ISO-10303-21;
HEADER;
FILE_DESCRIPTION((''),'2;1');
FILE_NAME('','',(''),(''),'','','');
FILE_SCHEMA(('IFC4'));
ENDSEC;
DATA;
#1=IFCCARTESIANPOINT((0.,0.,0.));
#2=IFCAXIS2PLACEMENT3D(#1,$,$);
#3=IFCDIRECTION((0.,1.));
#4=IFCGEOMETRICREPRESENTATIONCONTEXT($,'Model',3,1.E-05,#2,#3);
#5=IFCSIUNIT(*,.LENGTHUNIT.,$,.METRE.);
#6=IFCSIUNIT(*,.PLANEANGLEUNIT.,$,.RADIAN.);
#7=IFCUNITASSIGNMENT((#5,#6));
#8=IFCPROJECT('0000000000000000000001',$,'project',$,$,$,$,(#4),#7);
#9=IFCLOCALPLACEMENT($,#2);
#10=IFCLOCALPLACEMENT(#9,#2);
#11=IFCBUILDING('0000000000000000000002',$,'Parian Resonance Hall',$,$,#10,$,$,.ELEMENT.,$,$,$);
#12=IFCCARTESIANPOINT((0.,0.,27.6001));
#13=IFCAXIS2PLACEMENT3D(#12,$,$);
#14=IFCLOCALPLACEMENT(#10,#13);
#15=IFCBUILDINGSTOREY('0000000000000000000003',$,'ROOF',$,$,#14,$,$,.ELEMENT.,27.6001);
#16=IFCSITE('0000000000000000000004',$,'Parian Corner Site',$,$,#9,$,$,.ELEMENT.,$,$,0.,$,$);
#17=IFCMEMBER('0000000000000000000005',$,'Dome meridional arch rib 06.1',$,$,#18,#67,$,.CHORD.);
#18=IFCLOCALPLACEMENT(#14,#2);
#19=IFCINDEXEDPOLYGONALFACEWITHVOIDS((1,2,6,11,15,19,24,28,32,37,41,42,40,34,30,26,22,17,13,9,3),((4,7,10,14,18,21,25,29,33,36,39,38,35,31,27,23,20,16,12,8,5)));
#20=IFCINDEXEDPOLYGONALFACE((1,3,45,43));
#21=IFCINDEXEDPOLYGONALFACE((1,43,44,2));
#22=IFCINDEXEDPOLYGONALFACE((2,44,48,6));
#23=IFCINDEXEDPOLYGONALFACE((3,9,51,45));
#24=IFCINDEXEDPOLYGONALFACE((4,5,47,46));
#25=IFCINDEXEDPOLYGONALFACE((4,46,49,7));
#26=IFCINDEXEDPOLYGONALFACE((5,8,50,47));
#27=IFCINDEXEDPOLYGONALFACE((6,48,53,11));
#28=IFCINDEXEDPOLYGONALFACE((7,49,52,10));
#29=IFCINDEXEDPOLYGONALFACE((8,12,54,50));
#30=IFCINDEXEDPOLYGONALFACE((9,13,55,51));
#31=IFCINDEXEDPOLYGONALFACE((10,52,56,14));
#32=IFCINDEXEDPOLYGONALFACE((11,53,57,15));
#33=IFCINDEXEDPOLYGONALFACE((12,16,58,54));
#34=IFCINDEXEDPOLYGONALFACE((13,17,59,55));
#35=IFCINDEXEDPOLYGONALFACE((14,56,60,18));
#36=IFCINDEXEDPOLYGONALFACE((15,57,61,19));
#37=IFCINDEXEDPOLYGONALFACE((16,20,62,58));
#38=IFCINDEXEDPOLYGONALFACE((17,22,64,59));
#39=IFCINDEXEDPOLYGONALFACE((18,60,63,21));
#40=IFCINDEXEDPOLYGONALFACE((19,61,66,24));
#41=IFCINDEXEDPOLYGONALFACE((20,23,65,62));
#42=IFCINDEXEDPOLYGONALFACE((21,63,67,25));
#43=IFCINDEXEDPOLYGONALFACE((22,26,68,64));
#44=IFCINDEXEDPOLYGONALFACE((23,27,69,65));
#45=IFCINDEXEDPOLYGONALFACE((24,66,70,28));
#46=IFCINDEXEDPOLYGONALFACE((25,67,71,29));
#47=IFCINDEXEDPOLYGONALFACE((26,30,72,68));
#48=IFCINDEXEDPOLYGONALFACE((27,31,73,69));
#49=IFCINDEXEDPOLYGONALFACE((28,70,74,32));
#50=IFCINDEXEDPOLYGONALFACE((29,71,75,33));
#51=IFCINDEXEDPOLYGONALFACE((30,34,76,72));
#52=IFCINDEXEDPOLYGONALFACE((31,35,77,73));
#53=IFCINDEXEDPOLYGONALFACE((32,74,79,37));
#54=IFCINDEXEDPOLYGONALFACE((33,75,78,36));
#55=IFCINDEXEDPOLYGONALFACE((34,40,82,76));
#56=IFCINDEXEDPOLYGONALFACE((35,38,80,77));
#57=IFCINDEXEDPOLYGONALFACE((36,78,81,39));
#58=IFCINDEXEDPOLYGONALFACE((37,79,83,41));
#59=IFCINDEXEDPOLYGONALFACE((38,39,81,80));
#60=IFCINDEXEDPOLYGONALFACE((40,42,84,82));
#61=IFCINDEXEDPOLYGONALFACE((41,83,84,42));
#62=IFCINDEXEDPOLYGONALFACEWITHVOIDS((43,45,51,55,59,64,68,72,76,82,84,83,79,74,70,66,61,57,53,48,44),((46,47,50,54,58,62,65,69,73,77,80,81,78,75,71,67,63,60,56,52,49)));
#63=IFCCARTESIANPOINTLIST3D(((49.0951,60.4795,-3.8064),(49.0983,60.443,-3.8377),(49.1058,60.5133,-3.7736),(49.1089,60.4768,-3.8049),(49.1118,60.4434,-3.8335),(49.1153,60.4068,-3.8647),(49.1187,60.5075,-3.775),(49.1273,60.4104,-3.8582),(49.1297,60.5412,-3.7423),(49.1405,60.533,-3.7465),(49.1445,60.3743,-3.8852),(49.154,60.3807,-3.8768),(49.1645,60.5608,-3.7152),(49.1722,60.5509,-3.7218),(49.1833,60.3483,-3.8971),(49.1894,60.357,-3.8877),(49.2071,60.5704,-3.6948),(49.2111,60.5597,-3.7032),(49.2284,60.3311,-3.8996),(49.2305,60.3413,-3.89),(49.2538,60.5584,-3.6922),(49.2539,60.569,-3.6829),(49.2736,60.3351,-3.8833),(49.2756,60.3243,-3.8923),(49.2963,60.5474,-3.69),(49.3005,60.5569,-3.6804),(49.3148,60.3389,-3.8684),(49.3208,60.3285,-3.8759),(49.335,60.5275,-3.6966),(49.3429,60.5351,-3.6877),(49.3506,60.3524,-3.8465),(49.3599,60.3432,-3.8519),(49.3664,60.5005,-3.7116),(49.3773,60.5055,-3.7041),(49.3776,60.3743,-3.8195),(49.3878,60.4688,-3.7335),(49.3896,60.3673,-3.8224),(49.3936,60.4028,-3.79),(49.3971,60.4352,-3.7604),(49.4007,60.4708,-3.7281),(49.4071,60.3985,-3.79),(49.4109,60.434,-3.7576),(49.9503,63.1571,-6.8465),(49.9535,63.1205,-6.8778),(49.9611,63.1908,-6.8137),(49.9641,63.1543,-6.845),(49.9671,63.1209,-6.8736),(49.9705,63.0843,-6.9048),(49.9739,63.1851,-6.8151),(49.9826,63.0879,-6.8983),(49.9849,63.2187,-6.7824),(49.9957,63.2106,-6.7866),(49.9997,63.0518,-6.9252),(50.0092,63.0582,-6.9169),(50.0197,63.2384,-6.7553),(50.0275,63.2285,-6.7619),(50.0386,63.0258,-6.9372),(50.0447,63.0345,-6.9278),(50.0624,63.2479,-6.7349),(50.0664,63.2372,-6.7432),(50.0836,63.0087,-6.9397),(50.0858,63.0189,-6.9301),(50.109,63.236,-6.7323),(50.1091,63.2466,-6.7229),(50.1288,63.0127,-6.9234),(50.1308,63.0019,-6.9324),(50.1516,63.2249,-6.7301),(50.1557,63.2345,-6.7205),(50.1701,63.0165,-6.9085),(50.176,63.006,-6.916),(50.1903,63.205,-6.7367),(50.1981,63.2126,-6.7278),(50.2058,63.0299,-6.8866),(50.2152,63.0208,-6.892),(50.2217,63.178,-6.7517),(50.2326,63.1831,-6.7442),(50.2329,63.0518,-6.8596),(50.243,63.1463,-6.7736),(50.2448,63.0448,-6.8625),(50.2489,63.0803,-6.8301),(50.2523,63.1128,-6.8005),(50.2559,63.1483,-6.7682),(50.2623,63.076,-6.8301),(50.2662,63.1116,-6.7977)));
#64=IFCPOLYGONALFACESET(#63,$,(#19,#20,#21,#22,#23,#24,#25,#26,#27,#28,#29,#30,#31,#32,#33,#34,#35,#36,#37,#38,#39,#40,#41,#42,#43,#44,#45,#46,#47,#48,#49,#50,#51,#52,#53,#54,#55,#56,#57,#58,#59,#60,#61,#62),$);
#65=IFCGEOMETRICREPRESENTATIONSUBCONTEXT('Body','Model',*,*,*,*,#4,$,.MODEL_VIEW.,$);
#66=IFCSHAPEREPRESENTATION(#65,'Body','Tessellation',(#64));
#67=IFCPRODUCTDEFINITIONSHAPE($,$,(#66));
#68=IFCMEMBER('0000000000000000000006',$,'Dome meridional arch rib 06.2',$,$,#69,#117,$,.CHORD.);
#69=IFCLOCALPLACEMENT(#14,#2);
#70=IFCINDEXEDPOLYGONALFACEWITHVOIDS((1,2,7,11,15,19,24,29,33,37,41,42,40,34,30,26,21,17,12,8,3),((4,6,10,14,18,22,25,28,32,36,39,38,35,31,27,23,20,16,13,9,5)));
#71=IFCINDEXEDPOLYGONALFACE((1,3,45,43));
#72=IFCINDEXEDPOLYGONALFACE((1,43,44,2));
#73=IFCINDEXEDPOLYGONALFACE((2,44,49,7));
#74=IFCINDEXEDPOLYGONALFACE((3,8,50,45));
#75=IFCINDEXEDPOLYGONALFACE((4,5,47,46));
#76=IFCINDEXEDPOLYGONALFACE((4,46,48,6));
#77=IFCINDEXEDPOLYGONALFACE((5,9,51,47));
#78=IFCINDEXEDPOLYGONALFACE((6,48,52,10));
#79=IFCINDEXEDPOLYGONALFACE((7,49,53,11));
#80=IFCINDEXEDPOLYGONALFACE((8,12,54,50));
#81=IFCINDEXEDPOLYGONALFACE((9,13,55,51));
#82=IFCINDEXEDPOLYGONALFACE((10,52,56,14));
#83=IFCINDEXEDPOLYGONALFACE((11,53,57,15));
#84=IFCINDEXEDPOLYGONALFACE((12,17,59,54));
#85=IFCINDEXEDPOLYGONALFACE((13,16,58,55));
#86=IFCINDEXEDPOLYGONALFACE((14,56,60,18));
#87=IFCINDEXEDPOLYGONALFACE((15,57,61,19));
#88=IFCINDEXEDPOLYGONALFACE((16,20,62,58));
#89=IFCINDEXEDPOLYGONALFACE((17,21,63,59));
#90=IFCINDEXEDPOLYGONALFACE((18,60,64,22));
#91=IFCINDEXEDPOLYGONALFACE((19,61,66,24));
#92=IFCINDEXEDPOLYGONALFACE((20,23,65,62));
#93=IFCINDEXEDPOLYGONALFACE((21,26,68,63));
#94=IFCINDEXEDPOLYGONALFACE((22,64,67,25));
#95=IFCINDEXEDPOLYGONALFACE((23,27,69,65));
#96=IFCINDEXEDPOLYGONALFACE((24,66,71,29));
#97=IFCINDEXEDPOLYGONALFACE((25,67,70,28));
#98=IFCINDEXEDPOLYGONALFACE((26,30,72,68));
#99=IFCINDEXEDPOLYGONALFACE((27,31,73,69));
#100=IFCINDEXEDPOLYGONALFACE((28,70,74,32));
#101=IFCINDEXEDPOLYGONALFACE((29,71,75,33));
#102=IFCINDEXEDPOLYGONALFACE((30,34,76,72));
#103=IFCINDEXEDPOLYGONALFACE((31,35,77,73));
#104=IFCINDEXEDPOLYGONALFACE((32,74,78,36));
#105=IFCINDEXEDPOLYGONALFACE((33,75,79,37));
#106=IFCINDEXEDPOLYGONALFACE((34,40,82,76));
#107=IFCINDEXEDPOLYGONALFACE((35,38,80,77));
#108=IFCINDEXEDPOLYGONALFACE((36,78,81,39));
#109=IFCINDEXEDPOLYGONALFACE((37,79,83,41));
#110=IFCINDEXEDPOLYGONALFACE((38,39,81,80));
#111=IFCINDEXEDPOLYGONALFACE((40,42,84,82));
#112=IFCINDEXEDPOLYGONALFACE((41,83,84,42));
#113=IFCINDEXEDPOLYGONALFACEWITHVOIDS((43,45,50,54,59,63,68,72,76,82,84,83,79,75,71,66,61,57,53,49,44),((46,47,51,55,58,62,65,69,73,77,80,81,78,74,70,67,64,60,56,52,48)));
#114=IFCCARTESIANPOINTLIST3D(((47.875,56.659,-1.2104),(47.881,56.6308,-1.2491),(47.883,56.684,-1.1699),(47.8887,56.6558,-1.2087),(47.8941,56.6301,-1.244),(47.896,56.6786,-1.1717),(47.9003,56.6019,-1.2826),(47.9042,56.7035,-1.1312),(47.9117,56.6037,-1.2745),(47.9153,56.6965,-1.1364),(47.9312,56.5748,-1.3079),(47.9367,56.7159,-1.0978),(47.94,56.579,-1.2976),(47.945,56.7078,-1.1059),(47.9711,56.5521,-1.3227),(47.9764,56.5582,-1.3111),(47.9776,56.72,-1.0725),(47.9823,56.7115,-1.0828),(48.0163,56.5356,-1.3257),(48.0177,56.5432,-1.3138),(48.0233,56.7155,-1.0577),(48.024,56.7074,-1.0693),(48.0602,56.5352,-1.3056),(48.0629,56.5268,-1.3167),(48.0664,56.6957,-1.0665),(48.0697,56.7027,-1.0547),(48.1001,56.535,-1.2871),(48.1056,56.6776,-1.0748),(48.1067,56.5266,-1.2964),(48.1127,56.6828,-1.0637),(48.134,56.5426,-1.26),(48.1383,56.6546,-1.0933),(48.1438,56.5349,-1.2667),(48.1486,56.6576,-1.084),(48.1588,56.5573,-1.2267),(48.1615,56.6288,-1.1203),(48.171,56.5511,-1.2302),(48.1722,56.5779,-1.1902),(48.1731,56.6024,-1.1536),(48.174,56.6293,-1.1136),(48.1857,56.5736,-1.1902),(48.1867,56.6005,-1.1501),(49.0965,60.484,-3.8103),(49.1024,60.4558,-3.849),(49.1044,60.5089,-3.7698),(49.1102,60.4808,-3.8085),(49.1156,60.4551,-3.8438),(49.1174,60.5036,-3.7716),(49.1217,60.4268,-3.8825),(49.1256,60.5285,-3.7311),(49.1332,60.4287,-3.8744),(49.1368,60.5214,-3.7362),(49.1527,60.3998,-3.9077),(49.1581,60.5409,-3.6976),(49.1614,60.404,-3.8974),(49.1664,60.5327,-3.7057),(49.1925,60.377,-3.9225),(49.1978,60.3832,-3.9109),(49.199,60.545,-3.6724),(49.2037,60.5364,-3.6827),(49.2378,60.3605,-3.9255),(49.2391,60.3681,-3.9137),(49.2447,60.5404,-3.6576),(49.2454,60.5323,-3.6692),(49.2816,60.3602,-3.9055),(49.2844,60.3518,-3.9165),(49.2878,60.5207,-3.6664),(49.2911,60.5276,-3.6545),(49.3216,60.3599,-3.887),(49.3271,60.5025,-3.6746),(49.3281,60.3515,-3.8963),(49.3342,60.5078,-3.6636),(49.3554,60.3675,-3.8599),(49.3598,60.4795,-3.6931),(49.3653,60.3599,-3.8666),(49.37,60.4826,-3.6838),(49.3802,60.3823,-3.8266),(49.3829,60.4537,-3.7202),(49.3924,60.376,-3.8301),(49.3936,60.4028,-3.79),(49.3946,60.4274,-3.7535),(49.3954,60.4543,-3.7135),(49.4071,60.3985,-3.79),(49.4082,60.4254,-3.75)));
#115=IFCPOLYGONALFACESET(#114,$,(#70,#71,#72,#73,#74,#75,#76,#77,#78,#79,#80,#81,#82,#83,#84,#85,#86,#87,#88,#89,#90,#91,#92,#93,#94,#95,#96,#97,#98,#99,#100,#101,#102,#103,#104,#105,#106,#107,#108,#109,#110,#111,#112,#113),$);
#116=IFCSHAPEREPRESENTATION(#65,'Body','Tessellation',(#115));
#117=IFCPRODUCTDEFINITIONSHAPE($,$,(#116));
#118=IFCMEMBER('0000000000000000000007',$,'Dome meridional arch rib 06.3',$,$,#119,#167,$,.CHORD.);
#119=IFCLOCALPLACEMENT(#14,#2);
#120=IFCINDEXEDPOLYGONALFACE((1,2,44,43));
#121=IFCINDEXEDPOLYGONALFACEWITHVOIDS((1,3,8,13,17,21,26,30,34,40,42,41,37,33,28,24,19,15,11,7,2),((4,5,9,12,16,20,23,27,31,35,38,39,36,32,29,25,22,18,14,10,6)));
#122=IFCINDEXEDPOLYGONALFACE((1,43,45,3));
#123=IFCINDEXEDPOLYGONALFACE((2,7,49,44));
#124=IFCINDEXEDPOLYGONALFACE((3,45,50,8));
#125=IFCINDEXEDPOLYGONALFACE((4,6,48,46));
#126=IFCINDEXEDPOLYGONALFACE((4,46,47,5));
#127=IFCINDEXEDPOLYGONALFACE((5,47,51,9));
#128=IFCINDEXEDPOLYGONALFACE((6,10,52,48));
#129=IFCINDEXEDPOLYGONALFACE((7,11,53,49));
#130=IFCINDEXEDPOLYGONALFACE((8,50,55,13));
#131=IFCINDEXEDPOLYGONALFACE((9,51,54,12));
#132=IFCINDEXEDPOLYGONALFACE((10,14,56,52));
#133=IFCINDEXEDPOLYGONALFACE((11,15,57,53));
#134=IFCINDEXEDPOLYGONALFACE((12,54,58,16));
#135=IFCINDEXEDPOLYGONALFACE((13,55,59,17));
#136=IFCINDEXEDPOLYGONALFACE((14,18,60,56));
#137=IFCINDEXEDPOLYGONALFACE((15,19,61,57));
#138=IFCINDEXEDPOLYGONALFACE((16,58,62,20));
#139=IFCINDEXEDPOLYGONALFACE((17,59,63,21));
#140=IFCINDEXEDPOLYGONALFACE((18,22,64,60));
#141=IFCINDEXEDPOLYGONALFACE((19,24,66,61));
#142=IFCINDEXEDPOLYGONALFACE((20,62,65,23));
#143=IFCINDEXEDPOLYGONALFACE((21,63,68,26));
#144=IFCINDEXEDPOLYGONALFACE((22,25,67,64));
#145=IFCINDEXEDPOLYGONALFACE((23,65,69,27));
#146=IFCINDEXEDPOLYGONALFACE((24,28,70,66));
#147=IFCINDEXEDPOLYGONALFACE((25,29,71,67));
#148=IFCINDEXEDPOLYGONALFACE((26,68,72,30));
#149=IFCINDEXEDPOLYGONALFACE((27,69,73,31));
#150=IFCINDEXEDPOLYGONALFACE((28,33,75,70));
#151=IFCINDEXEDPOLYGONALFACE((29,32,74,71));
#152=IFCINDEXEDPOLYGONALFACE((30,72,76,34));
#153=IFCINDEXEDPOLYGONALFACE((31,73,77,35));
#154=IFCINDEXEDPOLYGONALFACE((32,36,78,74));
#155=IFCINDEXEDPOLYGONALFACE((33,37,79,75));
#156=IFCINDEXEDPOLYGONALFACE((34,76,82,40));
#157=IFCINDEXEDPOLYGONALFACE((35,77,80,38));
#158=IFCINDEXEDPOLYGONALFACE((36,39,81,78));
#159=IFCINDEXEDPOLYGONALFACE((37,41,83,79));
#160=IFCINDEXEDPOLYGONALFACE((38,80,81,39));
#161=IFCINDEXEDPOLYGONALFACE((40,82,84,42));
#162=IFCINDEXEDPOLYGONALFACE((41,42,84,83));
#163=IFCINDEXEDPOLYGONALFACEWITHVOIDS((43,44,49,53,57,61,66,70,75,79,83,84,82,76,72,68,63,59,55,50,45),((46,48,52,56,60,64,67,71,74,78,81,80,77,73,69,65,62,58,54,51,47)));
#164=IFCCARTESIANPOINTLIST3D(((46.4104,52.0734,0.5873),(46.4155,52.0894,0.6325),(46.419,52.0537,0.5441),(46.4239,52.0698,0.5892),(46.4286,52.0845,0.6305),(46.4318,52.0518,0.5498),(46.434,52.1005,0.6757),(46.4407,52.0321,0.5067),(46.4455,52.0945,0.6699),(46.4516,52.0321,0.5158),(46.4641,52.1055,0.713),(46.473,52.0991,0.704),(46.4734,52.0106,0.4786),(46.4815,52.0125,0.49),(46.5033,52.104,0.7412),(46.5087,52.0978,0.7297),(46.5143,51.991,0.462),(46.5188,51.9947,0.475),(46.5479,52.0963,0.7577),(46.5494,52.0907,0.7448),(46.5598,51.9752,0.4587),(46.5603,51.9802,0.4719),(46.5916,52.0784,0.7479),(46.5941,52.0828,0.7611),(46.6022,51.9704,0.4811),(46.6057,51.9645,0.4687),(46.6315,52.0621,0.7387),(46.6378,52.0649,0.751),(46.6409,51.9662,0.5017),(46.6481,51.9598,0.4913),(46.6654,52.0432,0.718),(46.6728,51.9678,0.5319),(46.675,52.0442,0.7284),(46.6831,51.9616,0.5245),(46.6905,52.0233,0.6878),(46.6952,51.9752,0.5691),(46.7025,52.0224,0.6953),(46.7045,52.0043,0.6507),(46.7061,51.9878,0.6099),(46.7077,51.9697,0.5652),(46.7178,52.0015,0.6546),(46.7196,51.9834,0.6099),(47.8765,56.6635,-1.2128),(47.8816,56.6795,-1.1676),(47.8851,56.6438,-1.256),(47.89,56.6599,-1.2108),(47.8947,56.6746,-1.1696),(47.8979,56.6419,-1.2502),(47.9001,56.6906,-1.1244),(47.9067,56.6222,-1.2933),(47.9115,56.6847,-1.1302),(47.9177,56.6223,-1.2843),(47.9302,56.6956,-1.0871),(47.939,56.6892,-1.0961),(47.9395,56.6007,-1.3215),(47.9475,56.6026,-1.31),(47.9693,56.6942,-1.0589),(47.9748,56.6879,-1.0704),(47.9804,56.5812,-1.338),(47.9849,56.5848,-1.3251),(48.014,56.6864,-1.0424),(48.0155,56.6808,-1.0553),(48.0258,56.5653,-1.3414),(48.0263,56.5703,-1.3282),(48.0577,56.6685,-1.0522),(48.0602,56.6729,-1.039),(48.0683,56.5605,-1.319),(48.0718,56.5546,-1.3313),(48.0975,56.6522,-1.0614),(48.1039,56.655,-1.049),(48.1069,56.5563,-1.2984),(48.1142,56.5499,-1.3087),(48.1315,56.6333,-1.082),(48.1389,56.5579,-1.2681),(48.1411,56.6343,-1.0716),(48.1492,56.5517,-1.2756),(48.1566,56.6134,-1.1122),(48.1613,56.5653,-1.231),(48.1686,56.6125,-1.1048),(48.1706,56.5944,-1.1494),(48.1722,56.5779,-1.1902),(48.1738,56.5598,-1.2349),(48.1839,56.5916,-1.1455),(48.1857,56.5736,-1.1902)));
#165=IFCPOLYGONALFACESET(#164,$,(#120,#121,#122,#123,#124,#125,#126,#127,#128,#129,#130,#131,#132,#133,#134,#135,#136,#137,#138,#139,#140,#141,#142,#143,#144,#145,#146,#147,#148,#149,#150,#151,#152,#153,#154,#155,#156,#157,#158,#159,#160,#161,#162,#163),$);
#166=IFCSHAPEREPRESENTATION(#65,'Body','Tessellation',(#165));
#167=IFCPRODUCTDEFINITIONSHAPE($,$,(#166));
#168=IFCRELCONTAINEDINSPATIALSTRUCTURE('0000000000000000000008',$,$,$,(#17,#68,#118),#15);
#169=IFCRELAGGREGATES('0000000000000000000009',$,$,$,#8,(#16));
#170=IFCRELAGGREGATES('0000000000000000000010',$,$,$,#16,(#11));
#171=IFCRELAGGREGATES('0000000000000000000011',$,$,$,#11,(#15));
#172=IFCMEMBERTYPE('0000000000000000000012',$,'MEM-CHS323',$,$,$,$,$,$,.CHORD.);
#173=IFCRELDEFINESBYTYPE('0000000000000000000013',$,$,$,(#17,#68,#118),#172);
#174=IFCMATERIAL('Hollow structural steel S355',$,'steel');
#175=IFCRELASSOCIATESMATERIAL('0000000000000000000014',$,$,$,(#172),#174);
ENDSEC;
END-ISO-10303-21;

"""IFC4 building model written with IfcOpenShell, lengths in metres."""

from ifc_helpers import new_model, si_unit, direction, frame, origin, origin_2d, place, context, subcontext, project, spatial, hollow_circle, extrude, material, material_profile, profile_set, type_object, element, save


model = new_model("IFC4")

# Units and contexts
model_context = context("Model", 3, precision=1e-05, world=origin(), true_north=direction((0.0, 1.0)))
body_context = subcontext(model_context, "Body", "Model", "MODEL_VIEW")
ifc_project = project(units=[si_unit("LENGTHUNIT", "METRE"), si_unit("PLANEANGLEUNIT", "RADIAN")], contexts=[model_context])

# Site, building, storey
site_placement = place(None, origin())
site = spatial("IfcSite", under=ifc_project, at=site_placement, Name="Parian Corner Site", CompositionType="ELEMENT", RefElevation=0.0)
building_placement = place(site_placement, origin())
building = spatial("IfcBuilding", under=site, at=building_placement, Name="Parian Resonance Hall", CompositionType="ELEMENT")
storey_placement = place(building_placement, frame((0.0, 0.0, 27.6001)))
storey = spatial("IfcBuildingStorey", under=building, at=storey_placement, Name="ROOF", CompositionType="ELEMENT", Elevation=27.6001)

# Members
ifc_material_1 = material(Name="Hollow structural steel S355", Category="steel")
ifc_material_profile_1 = material_profile(ifc_material_1, hollow_circle(Radius=0.1619, WallThickness=0.0142, at=origin_2d()), Name="CHS323.9x14.2")
ifc_profile_set_1 = profile_set([ifc_material_profile_1], Name="Hollow structural steel S355")
member_type_1 = type_object("IfcMemberType", Name="MEM-CHS323", PredefinedType="CHORD", material=ifc_profile_set_1)
member_1_placement = place(storey_placement, frame((50.1082, 63.1252, -6.8301), z_axis=(-0.20656, -0.646688, 0.734253), x_axis=(0.952586, -0.304268, 0.0)))
element("IfcMember", 1, at=member_1_placement, inside=storey, type_object=member_type_1, Name="Dome meridional arch rib 06.1", PredefinedType="CHORD", context=body_context, shape_type="SweptSolid", body=[
    extrude(hollow_circle(Radius=0.1619, WallThickness=0.0142, at=origin_2d()), origin(), (0.0, 0.0, 1.0), 4.1404),
])
member_2_placement = place(storey_placement, frame((49.2529, 60.4478, -3.79), z_axis=(-0.255346, -0.799622, 0.54351), x_axis=(0.952608, -0.3042, 0.0)))
element("IfcMember", 2, at=member_2_placement, inside=storey, type_object=member_type_1, Name="Dome meridional arch rib 06.2", PredefinedType="CHORD", context=body_context, shape_type="SweptSolid", body=[
    extrude(hollow_circle(Radius=0.1619, WallThickness=0.0142, at=origin_2d()), origin(), (0.0, 0.0, 1.0), 4.7834),
])
member_3_placement = place(storey_placement, frame((48.0315, 56.6228, -1.1902), z_axis=(-0.285017, -0.892358, 0.349947), x_axis=(0.95259, -0.304255, 0.0)))
element("IfcMember", 3, at=member_3_placement, inside=storey, type_object=member_type_1, Name="Dome meridional arch rib 06.3", PredefinedType="CHORD", context=body_context, shape_type="SweptSolid", body=[
    extrude(hollow_circle(Radius=0.1619, WallThickness=0.0142, at=origin_2d()), origin(), (0.0, 0.0, 1.0), 5.1438),
])

save(model, "model.ifc")
